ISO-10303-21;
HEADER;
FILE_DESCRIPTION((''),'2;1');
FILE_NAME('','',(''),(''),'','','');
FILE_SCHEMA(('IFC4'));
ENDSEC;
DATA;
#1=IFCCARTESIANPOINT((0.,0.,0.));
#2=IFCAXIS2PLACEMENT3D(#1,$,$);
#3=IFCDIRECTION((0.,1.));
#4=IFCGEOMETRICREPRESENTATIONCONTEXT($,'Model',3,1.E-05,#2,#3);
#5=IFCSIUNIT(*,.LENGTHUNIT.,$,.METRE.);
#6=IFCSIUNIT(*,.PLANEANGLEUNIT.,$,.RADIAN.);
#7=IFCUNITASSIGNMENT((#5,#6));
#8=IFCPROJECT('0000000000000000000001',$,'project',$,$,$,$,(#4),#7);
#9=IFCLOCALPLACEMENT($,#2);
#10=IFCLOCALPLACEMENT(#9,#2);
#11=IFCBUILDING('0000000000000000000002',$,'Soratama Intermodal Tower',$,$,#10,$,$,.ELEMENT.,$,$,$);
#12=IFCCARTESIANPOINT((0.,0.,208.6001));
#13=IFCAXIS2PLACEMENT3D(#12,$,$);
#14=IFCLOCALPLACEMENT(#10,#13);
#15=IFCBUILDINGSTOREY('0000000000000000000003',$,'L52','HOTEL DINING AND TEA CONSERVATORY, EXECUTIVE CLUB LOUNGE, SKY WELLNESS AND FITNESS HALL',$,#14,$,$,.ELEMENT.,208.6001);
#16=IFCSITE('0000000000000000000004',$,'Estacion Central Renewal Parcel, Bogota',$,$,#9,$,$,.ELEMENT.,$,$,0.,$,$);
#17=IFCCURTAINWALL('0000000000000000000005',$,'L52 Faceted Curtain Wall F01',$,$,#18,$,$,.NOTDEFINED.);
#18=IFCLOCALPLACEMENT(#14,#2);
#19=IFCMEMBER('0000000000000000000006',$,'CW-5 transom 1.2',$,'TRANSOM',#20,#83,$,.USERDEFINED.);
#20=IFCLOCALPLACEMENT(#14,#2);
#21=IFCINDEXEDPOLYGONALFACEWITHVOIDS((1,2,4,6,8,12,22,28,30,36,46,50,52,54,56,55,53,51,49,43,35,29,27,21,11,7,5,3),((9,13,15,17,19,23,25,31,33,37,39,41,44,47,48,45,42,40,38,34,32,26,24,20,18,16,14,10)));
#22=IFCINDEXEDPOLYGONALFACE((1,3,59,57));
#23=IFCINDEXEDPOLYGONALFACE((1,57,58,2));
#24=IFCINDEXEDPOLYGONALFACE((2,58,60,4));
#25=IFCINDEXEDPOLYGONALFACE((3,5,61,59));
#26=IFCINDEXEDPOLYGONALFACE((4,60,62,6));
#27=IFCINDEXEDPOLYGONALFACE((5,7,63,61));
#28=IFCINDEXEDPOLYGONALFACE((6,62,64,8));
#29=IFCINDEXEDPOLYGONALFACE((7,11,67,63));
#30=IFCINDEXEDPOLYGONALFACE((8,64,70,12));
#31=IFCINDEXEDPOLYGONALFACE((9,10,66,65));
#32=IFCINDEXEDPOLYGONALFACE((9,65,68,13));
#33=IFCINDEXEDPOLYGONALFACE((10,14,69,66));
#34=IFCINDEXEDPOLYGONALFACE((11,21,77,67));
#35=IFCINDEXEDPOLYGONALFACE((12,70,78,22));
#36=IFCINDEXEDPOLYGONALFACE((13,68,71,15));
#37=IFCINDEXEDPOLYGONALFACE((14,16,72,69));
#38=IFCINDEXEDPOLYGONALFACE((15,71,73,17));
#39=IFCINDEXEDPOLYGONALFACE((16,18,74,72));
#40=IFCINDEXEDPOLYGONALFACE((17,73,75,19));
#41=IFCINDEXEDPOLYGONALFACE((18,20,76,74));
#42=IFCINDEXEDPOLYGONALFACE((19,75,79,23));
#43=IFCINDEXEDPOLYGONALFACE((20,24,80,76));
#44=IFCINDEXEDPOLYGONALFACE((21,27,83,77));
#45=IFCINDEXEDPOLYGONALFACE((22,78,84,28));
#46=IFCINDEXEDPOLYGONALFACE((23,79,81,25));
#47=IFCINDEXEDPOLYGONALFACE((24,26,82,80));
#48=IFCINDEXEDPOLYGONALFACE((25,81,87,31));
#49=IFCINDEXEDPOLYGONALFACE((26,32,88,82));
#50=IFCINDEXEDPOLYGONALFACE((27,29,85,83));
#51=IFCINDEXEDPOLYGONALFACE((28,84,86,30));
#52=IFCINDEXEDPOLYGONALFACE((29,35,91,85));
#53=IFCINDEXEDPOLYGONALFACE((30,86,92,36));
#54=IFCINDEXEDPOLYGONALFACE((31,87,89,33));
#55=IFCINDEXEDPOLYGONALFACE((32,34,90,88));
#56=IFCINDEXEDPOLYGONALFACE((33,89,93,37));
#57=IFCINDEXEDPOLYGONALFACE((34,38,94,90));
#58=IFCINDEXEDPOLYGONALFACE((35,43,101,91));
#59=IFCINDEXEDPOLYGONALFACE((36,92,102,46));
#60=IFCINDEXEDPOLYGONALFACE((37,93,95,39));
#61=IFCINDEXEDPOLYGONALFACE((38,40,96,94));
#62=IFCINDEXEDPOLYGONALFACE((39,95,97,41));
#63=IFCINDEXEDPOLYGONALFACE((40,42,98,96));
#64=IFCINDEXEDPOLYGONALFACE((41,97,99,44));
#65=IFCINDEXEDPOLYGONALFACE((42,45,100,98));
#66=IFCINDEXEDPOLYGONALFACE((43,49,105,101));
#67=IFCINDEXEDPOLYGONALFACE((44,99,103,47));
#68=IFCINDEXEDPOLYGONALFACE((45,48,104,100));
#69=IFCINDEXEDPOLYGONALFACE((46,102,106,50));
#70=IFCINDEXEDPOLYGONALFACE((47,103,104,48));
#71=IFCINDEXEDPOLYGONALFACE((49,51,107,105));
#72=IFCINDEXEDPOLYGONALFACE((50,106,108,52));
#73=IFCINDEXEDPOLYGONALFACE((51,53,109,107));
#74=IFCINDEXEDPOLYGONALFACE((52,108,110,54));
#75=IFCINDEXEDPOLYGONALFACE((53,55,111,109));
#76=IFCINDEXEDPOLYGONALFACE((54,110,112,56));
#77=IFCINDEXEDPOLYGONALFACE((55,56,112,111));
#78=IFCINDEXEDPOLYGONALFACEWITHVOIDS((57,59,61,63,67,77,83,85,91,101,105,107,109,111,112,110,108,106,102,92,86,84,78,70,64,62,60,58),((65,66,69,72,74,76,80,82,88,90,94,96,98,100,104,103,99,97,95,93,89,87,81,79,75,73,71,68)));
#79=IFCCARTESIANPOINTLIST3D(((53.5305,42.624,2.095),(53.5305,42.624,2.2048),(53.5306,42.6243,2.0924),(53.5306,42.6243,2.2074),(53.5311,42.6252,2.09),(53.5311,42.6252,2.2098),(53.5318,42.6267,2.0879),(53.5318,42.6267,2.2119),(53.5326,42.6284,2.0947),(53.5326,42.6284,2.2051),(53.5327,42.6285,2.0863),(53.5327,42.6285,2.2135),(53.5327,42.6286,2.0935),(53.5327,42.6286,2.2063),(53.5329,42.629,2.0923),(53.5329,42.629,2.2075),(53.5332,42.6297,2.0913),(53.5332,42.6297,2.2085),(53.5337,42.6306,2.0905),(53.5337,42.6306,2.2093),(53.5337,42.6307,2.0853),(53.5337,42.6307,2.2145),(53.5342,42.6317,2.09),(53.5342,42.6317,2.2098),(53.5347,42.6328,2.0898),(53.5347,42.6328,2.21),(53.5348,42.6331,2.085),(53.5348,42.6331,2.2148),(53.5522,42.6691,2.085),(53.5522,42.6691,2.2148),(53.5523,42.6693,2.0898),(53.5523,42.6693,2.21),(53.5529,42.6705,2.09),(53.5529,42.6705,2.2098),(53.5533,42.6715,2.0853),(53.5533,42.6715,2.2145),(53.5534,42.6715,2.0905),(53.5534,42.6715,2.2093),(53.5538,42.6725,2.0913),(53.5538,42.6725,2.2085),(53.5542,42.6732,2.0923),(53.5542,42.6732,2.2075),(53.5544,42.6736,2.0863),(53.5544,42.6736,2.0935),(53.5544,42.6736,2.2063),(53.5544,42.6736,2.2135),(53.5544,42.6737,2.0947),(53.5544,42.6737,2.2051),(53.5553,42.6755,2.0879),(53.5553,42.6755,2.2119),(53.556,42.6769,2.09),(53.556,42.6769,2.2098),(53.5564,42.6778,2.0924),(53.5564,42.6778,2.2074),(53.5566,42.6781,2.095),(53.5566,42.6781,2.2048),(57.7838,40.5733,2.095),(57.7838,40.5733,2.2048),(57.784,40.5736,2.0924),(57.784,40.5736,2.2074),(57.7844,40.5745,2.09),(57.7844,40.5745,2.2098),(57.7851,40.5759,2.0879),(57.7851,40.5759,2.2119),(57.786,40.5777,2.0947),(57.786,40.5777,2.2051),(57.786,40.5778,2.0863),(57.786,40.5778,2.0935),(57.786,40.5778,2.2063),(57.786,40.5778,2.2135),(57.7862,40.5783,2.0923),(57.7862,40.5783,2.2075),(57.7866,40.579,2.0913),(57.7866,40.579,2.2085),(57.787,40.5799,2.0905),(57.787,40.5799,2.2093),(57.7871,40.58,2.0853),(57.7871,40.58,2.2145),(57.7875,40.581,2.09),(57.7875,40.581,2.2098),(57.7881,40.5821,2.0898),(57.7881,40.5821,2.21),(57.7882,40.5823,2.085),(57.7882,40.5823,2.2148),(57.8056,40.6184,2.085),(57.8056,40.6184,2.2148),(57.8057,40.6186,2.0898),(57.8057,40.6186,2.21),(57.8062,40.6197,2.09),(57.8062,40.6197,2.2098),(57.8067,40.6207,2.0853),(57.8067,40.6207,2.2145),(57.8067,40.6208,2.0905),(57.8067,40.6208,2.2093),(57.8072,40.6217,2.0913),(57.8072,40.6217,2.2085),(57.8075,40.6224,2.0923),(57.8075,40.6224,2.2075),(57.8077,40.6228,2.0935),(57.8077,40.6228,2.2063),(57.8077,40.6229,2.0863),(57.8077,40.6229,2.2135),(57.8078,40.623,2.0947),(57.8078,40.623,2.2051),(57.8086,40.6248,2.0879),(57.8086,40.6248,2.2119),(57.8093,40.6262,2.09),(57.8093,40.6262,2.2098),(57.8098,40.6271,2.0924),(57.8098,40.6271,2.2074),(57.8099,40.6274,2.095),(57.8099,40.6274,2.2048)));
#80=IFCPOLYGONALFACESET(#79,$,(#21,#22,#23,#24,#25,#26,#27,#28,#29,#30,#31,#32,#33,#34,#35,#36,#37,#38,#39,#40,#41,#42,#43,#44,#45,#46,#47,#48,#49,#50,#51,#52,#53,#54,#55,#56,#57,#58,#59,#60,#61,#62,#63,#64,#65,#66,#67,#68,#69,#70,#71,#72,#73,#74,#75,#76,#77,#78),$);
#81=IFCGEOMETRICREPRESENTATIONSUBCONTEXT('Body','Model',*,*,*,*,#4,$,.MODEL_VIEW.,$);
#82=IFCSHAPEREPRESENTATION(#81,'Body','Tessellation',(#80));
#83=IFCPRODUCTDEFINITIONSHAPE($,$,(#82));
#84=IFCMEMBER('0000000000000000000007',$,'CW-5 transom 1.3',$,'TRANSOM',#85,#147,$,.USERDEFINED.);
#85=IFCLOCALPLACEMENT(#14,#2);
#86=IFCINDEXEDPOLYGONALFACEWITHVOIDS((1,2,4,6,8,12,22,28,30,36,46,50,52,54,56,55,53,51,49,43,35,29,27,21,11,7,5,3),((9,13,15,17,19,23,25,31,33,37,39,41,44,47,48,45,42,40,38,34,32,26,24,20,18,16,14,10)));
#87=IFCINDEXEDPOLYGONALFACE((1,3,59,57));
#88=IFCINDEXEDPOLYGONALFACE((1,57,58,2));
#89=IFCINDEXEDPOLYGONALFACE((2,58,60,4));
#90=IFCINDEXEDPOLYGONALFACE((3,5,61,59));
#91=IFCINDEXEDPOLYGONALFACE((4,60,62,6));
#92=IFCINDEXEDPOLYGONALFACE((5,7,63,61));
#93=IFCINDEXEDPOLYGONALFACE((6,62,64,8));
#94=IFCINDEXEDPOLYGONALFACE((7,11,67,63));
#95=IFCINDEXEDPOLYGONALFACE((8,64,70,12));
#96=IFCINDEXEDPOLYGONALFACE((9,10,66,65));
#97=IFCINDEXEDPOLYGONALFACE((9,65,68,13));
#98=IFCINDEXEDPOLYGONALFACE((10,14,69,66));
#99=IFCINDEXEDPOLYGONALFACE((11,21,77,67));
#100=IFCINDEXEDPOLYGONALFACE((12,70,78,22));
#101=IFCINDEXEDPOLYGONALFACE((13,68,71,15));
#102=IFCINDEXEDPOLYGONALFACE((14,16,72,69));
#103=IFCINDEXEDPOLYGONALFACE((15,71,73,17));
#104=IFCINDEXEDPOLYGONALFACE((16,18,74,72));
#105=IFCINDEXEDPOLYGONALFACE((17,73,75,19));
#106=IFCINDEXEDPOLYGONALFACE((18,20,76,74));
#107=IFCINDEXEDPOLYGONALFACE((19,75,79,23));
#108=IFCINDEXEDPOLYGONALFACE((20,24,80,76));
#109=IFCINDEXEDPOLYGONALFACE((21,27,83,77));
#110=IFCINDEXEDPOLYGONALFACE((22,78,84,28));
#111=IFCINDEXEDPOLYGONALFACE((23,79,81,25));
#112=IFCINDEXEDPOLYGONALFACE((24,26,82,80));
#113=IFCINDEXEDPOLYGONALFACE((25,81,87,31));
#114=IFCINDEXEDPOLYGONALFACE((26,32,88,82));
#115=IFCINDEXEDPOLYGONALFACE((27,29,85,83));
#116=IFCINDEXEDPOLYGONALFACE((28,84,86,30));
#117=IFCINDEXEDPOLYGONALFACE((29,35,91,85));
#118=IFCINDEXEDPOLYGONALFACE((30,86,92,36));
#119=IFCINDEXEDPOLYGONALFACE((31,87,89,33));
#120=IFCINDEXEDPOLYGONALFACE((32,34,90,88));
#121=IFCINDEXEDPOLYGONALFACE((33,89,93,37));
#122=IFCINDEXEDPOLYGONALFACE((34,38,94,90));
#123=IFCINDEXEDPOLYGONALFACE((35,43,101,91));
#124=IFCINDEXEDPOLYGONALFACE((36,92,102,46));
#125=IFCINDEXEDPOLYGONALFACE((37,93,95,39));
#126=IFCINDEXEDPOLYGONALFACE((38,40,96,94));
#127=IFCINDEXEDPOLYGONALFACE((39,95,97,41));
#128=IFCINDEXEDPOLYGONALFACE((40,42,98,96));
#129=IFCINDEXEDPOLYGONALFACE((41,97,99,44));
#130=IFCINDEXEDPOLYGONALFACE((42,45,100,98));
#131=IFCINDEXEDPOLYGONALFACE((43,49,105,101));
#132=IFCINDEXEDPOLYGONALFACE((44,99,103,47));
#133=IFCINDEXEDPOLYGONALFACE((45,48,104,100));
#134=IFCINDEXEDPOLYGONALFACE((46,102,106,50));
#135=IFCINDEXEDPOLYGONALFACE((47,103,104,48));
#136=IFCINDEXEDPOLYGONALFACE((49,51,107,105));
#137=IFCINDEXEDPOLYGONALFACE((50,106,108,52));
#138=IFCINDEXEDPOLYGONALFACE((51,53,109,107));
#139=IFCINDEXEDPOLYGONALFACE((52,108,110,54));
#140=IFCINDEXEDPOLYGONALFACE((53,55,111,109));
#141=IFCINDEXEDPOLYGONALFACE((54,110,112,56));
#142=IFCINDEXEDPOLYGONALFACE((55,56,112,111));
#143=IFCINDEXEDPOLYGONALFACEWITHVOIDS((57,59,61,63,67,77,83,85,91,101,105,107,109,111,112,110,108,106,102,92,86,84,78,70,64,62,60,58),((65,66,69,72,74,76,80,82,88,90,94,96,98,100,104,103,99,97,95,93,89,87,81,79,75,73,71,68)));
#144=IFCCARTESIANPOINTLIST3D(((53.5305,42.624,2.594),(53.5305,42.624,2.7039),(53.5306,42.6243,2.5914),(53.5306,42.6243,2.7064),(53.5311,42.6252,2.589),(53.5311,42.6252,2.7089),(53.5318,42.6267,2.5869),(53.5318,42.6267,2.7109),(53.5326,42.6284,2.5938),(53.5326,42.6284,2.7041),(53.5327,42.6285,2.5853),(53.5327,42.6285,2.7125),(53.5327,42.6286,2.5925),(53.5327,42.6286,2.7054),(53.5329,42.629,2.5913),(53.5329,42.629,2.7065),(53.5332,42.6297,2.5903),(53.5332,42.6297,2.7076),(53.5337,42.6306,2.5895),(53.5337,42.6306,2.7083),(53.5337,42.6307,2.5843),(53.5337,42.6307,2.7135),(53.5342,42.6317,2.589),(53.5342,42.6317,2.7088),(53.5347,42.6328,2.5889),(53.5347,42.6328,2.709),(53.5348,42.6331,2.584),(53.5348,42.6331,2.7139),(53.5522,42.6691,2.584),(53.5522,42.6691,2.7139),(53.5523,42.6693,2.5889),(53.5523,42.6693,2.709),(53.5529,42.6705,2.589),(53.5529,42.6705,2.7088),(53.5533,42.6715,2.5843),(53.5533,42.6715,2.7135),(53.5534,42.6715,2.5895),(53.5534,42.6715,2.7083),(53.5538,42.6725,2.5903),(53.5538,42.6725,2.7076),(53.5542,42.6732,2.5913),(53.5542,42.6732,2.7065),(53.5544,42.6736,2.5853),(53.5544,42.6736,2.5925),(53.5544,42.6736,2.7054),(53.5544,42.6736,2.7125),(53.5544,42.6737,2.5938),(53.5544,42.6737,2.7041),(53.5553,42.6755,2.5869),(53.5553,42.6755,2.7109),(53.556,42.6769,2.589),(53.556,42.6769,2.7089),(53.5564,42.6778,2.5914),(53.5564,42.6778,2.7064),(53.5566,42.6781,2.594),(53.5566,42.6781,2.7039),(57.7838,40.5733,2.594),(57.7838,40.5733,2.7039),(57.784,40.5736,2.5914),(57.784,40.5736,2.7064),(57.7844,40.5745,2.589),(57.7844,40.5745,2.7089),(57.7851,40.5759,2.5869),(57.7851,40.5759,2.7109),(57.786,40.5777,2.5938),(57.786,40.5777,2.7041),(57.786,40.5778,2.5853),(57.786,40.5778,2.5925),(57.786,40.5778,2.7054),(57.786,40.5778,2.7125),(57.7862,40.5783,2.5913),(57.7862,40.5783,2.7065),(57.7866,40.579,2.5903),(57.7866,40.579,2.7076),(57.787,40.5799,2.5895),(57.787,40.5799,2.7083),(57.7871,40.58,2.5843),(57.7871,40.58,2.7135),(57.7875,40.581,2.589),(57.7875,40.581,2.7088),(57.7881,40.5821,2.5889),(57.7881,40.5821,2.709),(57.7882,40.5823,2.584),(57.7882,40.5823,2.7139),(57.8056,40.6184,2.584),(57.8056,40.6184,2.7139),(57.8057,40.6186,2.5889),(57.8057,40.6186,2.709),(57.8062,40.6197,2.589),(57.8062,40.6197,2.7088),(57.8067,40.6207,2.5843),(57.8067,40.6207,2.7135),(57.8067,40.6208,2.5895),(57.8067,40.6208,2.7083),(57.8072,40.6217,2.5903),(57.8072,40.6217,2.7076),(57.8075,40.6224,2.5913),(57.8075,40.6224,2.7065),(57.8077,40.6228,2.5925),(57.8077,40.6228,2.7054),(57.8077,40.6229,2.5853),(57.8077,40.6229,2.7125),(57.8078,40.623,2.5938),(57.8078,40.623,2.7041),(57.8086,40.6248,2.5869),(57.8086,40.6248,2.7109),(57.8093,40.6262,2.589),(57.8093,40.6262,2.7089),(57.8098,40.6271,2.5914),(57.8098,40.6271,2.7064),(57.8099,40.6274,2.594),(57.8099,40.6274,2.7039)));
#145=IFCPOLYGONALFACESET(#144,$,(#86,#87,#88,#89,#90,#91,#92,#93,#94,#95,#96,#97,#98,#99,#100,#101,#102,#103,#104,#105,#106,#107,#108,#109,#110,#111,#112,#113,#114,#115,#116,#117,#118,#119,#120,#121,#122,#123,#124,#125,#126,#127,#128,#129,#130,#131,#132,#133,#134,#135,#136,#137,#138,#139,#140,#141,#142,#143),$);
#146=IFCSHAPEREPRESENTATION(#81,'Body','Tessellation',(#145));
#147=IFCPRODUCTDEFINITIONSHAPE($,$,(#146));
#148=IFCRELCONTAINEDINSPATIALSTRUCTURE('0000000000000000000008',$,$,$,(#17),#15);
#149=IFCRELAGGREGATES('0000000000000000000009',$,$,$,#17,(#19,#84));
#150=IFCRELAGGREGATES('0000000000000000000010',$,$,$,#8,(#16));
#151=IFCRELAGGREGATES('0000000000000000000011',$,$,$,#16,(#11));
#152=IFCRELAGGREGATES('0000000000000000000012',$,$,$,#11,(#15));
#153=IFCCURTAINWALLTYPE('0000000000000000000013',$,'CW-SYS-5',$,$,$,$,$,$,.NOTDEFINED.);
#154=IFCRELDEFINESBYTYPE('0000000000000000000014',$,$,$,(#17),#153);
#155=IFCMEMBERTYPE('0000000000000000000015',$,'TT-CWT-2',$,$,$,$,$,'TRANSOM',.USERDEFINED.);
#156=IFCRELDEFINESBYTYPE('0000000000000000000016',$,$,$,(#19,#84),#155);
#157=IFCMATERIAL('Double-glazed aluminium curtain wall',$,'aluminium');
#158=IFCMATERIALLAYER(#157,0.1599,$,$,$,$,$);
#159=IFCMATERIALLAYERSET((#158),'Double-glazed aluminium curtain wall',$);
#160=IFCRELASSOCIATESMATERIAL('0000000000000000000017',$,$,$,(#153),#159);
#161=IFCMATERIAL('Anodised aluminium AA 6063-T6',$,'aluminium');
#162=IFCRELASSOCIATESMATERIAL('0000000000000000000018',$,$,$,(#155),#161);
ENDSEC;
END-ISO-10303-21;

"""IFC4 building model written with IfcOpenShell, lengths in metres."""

from ifc_helpers import new_model, si_unit, direction, frame, origin, origin_2d, place, context, subcontext, project, spatial, hollow_rectangle, extrude, material, layer, layer_set, material_profile, profile_set, type_object, element, aggregate, save


model = new_model("IFC4")

# Units and contexts
model_context = context("Model", 3, precision=1e-05, world=origin(), true_north=direction((0.0, 1.0)))
body_context = subcontext(model_context, "Body", "Model", "MODEL_VIEW")
ifc_project = project(units=[si_unit("LENGTHUNIT", "METRE"), si_unit("PLANEANGLEUNIT", "RADIAN")], contexts=[model_context])

# Site, building, storey
site_placement = place(None, origin())
site = spatial("IfcSite", under=ifc_project, at=site_placement, Name="Estacion Central Renewal Parcel, Bogota", CompositionType="ELEMENT", RefElevation=0.0)
building_placement = place(site_placement, origin())
building = spatial("IfcBuilding", under=site, at=building_placement, Name="Soratama Intermodal Tower", CompositionType="ELEMENT")
storey_placement = place(building_placement, frame((0.0, 0.0, 208.6001)))
storey = spatial("IfcBuildingStorey", under=building, at=storey_placement, Name="L52", Description="HOTEL DINING AND TEA CONSERVATORY, EXECUTIVE CLUB LOUNGE, SKY WELLNESS AND FITNESS HALL", CompositionType="ELEMENT", Elevation=208.6001)

# Curtain wall
ifc_material_1 = material(Name="Double-glazed aluminium curtain wall", Category="aluminium")
ifc_layer_1 = layer(ifc_material_1, 0.1599)
ifc_layer_set_1 = layer_set([ifc_layer_1], Name="Double-glazed aluminium curtain wall")
curtain_wall_type = type_object("IfcCurtainWallType", Name="CW-SYS-5", PredefinedType="NOTDEFINED", material=ifc_layer_set_1)
curtain_wall_1_placement = place(storey_placement, origin())
curtain_wall_1 = element("IfcCurtainWall", 1, at=curtain_wall_1_placement, inside=storey, type_object=curtain_wall_type, Name="L52 Faceted Curtain Wall F01", PredefinedType="NOTDEFINED")

# Members
ifc_material_2 = material(Name="Anodised aluminium AA 6063-T6", Category="aluminium")
ifc_material_profile_1 = material_profile(ifc_material_2, hollow_rectangle(XDim=0.0601, YDim=0.1299, WallThickness=0.0049, InnerFilletRadius=0.0049, OuterFilletRadius=0.01, at=origin_2d()), Name="CWT130X60X5")
ifc_profile_set_1 = profile_set([ifc_material_profile_1], Name="Anodised aluminium AA 6063-T6")
member_type_1 = type_object("IfcMemberType", Name="TT-CWT-2", ElementType="TRANSOM", PredefinedType="USERDEFINED", material=ifc_profile_set_1)
member_1_placement = place(storey_placement, frame((57.7969, 40.6003, 2.1499), z_axis=(-0.900767, 0.434304, 0.0), x_axis=(-0.434304, -0.900767, 0.0)))
member_1 = element("IfcMember", 2, at=member_1_placement, type_object=member_type_1, Name="CW-5 transom 1.2", ObjectType="TRANSOM", PredefinedType="USERDEFINED", context=body_context, shape_type="SweptSolid", body=[
    extrude(hollow_rectangle(XDim=0.0601, YDim=0.1299, WallThickness=0.0049, InnerFilletRadius=0.0049, OuterFilletRadius=0.01, at=origin_2d()), origin(), (0.0, 0.0, 1.0), 4.7219),
])
member_2_placement = place(storey_placement, frame((57.7969, 40.6003, 2.6489), z_axis=(-0.900767, 0.434304, 0.0), x_axis=(-0.434304, -0.900767, 0.0)))
member_2 = element("IfcMember", 3, at=member_2_placement, type_object=member_type_1, Name="CW-5 transom 1.3", ObjectType="TRANSOM", PredefinedType="USERDEFINED", context=body_context, shape_type="SweptSolid", body=[
    extrude(hollow_rectangle(XDim=0.0601, YDim=0.1299, WallThickness=0.0049, InnerFilletRadius=0.0049, OuterFilletRadius=0.01, at=origin_2d()), origin(), (0.0, 0.0, 1.0), 4.7219),
])

aggregate(curtain_wall_1, [member_1, member_2])

save(model, "model.ifc")
